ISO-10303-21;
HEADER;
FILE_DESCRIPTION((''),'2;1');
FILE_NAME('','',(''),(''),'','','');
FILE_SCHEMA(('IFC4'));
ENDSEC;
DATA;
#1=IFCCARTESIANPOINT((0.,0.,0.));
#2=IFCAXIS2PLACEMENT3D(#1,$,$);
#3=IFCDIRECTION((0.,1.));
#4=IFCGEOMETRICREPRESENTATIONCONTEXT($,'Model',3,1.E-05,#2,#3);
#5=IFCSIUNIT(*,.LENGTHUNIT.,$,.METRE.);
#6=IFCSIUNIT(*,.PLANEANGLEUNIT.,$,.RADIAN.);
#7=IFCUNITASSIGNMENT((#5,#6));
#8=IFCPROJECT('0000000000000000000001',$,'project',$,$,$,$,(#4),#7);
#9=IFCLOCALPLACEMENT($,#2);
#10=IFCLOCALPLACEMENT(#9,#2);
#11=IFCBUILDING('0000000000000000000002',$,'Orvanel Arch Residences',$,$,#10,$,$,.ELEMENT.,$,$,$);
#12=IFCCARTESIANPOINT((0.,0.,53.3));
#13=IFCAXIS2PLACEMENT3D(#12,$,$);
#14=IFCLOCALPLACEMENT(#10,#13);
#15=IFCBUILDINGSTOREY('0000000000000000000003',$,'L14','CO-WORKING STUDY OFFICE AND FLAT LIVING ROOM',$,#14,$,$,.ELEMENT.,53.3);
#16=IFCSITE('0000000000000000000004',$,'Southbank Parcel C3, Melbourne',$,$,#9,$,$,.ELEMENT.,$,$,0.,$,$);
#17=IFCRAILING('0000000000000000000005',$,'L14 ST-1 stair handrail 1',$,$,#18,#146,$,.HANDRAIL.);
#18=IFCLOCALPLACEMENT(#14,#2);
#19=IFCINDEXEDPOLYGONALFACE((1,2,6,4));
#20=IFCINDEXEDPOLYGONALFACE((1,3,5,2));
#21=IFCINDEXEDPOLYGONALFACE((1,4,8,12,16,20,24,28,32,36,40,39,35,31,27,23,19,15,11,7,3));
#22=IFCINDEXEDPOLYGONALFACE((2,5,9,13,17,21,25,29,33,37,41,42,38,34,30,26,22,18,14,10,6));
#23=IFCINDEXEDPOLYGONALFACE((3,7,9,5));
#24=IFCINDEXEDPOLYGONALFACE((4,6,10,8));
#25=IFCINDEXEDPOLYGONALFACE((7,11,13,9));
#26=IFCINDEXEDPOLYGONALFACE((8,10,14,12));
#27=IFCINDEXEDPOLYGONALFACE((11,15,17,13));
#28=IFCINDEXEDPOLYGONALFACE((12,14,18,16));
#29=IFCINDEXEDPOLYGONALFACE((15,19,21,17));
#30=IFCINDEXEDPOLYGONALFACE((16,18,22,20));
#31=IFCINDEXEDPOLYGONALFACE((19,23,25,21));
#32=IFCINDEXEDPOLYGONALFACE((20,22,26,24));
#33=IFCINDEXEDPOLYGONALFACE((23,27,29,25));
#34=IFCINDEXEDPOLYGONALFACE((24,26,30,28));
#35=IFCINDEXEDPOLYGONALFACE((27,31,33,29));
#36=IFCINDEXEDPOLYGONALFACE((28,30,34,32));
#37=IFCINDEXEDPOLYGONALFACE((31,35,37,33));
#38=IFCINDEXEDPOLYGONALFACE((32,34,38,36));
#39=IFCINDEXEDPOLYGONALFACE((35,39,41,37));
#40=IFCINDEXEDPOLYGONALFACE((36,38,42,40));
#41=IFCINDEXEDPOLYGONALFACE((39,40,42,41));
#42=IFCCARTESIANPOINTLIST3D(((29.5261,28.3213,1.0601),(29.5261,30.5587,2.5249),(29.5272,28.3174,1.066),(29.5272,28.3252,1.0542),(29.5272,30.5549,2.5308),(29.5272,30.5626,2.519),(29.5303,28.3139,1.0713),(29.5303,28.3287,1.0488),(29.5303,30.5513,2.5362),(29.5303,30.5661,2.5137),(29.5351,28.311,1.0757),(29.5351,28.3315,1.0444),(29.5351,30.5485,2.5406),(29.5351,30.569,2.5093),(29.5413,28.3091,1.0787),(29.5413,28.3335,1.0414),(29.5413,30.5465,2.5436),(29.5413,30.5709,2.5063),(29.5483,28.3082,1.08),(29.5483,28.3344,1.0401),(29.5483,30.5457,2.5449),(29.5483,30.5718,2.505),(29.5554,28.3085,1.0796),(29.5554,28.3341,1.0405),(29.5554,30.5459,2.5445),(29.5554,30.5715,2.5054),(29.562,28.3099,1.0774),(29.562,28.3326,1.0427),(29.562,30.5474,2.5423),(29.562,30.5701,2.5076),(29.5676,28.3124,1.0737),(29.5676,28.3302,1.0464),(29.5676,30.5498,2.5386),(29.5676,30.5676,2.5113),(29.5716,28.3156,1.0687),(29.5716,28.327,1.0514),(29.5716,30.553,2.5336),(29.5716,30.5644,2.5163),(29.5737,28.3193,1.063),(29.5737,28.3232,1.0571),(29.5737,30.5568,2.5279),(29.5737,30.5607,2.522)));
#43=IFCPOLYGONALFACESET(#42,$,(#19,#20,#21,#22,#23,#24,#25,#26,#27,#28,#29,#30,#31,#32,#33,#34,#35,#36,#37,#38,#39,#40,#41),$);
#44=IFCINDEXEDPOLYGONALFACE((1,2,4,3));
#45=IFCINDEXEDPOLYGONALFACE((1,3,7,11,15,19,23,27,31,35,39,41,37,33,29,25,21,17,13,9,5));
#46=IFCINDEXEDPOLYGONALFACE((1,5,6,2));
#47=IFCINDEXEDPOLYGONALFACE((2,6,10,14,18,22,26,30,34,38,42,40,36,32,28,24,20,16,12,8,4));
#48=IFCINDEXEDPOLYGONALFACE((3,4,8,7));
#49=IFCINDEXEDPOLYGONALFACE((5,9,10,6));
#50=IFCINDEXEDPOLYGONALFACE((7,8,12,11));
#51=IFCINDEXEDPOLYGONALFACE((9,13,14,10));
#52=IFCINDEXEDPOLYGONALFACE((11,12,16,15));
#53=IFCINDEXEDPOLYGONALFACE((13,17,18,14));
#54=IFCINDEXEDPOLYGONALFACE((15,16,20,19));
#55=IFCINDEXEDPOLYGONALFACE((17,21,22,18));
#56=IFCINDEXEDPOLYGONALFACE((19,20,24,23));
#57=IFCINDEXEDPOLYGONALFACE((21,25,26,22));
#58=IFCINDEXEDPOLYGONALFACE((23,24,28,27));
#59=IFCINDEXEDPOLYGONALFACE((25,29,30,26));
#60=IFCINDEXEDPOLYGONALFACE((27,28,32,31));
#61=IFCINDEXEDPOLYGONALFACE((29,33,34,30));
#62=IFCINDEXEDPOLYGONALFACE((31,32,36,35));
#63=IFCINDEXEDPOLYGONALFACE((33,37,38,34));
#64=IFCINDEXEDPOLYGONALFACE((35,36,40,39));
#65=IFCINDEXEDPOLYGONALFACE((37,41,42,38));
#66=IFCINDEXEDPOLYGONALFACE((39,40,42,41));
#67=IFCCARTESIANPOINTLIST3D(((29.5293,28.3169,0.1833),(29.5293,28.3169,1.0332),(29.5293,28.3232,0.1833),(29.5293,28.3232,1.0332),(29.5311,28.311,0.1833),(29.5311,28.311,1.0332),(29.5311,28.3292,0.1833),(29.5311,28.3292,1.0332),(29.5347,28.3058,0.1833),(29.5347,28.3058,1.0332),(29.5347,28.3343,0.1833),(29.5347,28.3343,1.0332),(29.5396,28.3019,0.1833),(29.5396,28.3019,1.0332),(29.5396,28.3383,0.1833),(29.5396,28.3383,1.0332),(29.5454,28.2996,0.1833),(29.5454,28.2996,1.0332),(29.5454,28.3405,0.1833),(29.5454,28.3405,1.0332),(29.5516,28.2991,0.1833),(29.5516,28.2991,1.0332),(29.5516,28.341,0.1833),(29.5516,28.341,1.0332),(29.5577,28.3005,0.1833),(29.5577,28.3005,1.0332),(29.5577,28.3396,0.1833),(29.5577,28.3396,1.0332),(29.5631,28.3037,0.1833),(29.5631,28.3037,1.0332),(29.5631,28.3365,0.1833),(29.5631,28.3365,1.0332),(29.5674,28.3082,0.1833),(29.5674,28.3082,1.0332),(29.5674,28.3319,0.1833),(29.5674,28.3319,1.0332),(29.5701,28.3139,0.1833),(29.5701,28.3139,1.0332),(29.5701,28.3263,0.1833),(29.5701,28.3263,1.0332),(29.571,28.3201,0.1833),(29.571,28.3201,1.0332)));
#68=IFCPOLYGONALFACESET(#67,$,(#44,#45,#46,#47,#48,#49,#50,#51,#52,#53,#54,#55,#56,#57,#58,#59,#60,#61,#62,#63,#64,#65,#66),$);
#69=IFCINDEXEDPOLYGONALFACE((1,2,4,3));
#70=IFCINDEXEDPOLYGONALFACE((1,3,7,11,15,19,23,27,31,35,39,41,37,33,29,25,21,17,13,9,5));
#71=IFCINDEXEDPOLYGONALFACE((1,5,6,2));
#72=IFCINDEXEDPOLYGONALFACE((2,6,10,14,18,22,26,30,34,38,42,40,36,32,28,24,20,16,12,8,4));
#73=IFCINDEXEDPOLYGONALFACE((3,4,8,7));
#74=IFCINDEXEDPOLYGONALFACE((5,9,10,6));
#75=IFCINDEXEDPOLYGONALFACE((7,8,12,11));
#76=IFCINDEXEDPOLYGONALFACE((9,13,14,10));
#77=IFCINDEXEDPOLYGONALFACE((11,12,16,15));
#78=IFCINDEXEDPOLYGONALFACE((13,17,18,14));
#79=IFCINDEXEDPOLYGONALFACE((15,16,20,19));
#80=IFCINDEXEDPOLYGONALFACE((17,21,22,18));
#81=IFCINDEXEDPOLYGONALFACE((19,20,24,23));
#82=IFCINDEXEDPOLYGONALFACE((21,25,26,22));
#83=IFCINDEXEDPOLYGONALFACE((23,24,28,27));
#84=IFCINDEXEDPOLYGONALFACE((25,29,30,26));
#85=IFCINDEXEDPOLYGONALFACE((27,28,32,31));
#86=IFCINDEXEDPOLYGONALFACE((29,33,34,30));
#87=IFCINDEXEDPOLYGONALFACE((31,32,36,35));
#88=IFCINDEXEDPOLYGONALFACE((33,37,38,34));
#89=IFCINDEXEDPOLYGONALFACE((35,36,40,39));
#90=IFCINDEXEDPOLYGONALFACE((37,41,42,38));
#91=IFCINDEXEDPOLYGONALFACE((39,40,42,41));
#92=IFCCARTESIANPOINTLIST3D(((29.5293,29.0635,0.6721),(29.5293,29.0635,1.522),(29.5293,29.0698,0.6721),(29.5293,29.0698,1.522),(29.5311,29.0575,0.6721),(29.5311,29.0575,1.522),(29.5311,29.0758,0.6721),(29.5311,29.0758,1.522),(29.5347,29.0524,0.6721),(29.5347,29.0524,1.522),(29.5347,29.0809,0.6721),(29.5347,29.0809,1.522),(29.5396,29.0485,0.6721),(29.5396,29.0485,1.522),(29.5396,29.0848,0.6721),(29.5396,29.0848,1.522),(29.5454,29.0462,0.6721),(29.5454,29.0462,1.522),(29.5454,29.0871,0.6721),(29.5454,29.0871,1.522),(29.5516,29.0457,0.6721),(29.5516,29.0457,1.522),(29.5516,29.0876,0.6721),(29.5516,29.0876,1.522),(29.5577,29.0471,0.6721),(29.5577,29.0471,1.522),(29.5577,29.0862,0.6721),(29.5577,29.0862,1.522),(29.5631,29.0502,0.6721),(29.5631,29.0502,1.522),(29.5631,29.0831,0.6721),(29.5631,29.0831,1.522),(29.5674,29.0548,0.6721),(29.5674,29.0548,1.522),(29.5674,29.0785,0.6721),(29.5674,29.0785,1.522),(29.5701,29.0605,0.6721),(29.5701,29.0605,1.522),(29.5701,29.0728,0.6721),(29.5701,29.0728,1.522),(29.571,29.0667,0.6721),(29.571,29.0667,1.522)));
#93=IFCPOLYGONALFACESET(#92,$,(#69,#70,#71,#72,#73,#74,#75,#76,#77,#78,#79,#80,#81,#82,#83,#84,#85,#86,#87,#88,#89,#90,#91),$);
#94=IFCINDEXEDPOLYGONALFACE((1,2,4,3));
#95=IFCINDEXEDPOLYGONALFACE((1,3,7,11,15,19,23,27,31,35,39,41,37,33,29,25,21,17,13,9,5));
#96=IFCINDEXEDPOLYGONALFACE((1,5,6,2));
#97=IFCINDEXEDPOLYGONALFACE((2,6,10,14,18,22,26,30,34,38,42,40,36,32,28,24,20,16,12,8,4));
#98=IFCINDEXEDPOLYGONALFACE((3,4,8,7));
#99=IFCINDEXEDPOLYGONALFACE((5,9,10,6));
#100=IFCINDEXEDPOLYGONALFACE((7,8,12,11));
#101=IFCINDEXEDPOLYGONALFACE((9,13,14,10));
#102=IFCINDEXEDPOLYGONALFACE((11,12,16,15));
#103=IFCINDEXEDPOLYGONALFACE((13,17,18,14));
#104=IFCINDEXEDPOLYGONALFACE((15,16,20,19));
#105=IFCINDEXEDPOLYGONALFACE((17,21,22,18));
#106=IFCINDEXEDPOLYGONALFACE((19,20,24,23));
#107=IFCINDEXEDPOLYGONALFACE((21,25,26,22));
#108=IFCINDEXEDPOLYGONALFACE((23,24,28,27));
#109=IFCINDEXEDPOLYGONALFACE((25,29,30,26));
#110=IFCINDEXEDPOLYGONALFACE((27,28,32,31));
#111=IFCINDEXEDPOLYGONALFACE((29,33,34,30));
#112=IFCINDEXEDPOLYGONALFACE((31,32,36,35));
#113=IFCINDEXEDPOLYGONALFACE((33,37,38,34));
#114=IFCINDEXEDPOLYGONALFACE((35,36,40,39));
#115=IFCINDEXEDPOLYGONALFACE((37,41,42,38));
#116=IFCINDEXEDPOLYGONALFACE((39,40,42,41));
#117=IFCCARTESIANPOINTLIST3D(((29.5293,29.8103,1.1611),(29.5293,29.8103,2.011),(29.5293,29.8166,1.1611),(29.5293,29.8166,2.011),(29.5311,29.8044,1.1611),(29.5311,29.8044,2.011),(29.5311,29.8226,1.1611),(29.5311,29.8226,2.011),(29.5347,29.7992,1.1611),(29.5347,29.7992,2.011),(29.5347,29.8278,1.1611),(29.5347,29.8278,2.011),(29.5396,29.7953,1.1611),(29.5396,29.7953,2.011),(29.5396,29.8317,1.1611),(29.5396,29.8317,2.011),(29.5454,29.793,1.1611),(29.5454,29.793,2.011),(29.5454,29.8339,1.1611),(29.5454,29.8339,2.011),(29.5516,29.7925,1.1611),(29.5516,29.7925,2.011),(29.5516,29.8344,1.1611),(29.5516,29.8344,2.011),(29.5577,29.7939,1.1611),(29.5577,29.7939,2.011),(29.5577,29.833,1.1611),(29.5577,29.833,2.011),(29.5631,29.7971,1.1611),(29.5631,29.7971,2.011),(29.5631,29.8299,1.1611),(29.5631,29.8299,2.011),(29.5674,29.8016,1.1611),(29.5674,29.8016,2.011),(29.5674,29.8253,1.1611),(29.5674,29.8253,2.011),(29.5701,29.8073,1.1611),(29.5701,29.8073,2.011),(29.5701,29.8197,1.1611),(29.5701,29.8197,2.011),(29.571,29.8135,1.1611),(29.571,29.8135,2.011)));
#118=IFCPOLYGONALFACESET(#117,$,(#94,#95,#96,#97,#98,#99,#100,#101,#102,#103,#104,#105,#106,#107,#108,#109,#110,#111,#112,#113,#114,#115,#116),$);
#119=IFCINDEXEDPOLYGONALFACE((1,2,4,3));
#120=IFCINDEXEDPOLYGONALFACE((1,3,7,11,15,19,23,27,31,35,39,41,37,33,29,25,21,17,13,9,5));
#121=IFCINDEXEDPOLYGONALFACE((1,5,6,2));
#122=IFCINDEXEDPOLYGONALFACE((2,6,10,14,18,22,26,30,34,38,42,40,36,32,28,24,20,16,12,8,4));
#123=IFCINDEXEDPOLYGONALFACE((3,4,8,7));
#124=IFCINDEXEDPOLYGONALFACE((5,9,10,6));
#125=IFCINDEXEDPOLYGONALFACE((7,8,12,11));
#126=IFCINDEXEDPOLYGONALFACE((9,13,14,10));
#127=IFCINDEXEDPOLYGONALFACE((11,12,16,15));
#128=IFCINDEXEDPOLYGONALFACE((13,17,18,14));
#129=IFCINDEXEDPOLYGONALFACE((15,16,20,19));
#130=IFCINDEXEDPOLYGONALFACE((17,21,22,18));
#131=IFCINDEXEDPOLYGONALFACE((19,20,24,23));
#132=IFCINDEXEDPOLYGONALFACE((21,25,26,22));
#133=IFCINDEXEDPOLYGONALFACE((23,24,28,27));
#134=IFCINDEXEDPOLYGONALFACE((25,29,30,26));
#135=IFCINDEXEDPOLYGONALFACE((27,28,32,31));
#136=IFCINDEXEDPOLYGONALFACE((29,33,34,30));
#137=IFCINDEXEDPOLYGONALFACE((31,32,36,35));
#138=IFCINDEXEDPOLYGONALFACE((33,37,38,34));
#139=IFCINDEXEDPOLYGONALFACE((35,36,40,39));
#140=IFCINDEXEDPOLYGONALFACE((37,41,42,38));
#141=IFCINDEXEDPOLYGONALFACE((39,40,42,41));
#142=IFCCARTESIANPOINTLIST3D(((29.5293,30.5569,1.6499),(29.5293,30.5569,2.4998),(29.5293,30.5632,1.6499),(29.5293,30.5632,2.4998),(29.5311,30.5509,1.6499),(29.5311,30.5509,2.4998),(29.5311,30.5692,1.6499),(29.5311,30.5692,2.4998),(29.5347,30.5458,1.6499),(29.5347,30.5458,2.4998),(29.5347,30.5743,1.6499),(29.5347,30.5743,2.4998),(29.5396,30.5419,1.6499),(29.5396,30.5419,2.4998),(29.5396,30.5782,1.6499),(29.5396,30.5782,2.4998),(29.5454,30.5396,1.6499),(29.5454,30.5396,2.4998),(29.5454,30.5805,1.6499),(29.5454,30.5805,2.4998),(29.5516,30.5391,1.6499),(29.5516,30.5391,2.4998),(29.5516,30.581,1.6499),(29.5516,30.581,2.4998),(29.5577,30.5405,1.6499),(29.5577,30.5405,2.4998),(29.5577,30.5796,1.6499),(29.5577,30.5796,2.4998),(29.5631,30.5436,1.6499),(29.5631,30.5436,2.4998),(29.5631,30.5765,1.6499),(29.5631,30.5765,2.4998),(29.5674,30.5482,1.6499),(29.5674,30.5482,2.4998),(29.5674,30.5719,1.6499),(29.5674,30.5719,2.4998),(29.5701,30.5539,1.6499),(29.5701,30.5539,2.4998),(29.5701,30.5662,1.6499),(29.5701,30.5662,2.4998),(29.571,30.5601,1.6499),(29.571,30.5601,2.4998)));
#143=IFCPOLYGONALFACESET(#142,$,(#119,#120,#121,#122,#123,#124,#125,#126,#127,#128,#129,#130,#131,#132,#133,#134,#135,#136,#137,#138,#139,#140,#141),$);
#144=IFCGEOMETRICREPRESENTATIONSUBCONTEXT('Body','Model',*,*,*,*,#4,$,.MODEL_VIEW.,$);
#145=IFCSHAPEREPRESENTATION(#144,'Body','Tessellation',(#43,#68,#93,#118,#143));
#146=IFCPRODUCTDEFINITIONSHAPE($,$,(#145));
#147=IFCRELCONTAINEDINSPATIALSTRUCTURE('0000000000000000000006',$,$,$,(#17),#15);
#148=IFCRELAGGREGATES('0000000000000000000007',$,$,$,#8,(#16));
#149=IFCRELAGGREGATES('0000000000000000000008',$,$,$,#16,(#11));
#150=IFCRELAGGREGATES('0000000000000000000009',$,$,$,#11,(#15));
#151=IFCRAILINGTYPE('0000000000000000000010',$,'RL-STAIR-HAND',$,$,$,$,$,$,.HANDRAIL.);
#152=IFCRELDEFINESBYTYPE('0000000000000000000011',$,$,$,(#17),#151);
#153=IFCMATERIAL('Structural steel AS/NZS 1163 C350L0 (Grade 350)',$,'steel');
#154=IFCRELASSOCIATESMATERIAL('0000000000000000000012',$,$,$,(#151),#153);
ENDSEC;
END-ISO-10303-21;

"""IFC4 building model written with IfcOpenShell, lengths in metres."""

from ifc_helpers import new_model, si_unit, direction, frame, origin, origin_2d, place, context, subcontext, project, spatial, circle, extrude, material, type_object, element, save


model = new_model("IFC4")

# Units and contexts
model_context = context("Model", 3, precision=1e-05, world=origin(), true_north=direction((0.0, 1.0)))
body_context = subcontext(model_context, "Body", "Model", "MODEL_VIEW")
ifc_project = project(units=[si_unit("LENGTHUNIT", "METRE"), si_unit("PLANEANGLEUNIT", "RADIAN")], contexts=[model_context])

# Site, building, storey
site_placement = place(None, origin())
site = spatial("IfcSite", under=ifc_project, at=site_placement, Name="Southbank Parcel C3, Melbourne", CompositionType="ELEMENT", RefElevation=0.0)
building_placement = place(site_placement, origin())
building = spatial("IfcBuilding", under=site, at=building_placement, Name="Orvanel Arch Residences", CompositionType="ELEMENT")
storey_placement = place(building_placement, frame((0.0, 0.0, 53.3)))
storey = spatial("IfcBuildingStorey", under=building, at=storey_placement, Name="L14", Description="CO-WORKING STUDY OFFICE AND FLAT LIVING ROOM", CompositionType="ELEMENT", Elevation=53.3)

# Railing
ifc_material_1 = material(Name="Structural steel AS/NZS 1163 C350L0 (Grade 350)", Category="steel")
railing_type_1 = type_object("IfcRailingType", Name="RL-STAIR-HAND", PredefinedType="HANDRAIL", material=ifc_material_1)
railing_1_placement = place(storey_placement, frame((29.55, 28.3201, 0.1833)))
element("IfcRailing", 1, at=railing_1_placement, inside=storey, type_object=railing_type_1, Name="L14 ST-1 stair handrail 1", PredefinedType="HANDRAIL", context=body_context, shape_type="SweptSolid", body=[
    extrude(circle(Radius=0.0239, at=origin_2d()), frame((0.0, 0.0012, 0.8767), z_axis=(0.0, 0.836637, 0.547758), x_axis=(-1.0, 0.0, 0.0)), (0.0, 0.0, 1.0), 2.6743),
    extrude(circle(Radius=0.021, at=origin_2d()), origin(), (0.0, 0.0, 1.0), 0.8499),
    extrude(circle(Radius=0.021, at=origin_2d()), frame((0.0, 0.7466, 0.4888)), (0.0, 0.0, 1.0), 0.8499),
    extrude(circle(Radius=0.021, at=origin_2d()), frame((0.0, 1.4934, 0.9778)), (0.0, 0.0, 1.0), 0.8499),
    extrude(circle(Radius=0.021, at=origin_2d()), frame((0.0, 2.24, 1.4666)), (0.0, 0.0, 1.0), 0.8499),
])

save(model, "model.ifc")
